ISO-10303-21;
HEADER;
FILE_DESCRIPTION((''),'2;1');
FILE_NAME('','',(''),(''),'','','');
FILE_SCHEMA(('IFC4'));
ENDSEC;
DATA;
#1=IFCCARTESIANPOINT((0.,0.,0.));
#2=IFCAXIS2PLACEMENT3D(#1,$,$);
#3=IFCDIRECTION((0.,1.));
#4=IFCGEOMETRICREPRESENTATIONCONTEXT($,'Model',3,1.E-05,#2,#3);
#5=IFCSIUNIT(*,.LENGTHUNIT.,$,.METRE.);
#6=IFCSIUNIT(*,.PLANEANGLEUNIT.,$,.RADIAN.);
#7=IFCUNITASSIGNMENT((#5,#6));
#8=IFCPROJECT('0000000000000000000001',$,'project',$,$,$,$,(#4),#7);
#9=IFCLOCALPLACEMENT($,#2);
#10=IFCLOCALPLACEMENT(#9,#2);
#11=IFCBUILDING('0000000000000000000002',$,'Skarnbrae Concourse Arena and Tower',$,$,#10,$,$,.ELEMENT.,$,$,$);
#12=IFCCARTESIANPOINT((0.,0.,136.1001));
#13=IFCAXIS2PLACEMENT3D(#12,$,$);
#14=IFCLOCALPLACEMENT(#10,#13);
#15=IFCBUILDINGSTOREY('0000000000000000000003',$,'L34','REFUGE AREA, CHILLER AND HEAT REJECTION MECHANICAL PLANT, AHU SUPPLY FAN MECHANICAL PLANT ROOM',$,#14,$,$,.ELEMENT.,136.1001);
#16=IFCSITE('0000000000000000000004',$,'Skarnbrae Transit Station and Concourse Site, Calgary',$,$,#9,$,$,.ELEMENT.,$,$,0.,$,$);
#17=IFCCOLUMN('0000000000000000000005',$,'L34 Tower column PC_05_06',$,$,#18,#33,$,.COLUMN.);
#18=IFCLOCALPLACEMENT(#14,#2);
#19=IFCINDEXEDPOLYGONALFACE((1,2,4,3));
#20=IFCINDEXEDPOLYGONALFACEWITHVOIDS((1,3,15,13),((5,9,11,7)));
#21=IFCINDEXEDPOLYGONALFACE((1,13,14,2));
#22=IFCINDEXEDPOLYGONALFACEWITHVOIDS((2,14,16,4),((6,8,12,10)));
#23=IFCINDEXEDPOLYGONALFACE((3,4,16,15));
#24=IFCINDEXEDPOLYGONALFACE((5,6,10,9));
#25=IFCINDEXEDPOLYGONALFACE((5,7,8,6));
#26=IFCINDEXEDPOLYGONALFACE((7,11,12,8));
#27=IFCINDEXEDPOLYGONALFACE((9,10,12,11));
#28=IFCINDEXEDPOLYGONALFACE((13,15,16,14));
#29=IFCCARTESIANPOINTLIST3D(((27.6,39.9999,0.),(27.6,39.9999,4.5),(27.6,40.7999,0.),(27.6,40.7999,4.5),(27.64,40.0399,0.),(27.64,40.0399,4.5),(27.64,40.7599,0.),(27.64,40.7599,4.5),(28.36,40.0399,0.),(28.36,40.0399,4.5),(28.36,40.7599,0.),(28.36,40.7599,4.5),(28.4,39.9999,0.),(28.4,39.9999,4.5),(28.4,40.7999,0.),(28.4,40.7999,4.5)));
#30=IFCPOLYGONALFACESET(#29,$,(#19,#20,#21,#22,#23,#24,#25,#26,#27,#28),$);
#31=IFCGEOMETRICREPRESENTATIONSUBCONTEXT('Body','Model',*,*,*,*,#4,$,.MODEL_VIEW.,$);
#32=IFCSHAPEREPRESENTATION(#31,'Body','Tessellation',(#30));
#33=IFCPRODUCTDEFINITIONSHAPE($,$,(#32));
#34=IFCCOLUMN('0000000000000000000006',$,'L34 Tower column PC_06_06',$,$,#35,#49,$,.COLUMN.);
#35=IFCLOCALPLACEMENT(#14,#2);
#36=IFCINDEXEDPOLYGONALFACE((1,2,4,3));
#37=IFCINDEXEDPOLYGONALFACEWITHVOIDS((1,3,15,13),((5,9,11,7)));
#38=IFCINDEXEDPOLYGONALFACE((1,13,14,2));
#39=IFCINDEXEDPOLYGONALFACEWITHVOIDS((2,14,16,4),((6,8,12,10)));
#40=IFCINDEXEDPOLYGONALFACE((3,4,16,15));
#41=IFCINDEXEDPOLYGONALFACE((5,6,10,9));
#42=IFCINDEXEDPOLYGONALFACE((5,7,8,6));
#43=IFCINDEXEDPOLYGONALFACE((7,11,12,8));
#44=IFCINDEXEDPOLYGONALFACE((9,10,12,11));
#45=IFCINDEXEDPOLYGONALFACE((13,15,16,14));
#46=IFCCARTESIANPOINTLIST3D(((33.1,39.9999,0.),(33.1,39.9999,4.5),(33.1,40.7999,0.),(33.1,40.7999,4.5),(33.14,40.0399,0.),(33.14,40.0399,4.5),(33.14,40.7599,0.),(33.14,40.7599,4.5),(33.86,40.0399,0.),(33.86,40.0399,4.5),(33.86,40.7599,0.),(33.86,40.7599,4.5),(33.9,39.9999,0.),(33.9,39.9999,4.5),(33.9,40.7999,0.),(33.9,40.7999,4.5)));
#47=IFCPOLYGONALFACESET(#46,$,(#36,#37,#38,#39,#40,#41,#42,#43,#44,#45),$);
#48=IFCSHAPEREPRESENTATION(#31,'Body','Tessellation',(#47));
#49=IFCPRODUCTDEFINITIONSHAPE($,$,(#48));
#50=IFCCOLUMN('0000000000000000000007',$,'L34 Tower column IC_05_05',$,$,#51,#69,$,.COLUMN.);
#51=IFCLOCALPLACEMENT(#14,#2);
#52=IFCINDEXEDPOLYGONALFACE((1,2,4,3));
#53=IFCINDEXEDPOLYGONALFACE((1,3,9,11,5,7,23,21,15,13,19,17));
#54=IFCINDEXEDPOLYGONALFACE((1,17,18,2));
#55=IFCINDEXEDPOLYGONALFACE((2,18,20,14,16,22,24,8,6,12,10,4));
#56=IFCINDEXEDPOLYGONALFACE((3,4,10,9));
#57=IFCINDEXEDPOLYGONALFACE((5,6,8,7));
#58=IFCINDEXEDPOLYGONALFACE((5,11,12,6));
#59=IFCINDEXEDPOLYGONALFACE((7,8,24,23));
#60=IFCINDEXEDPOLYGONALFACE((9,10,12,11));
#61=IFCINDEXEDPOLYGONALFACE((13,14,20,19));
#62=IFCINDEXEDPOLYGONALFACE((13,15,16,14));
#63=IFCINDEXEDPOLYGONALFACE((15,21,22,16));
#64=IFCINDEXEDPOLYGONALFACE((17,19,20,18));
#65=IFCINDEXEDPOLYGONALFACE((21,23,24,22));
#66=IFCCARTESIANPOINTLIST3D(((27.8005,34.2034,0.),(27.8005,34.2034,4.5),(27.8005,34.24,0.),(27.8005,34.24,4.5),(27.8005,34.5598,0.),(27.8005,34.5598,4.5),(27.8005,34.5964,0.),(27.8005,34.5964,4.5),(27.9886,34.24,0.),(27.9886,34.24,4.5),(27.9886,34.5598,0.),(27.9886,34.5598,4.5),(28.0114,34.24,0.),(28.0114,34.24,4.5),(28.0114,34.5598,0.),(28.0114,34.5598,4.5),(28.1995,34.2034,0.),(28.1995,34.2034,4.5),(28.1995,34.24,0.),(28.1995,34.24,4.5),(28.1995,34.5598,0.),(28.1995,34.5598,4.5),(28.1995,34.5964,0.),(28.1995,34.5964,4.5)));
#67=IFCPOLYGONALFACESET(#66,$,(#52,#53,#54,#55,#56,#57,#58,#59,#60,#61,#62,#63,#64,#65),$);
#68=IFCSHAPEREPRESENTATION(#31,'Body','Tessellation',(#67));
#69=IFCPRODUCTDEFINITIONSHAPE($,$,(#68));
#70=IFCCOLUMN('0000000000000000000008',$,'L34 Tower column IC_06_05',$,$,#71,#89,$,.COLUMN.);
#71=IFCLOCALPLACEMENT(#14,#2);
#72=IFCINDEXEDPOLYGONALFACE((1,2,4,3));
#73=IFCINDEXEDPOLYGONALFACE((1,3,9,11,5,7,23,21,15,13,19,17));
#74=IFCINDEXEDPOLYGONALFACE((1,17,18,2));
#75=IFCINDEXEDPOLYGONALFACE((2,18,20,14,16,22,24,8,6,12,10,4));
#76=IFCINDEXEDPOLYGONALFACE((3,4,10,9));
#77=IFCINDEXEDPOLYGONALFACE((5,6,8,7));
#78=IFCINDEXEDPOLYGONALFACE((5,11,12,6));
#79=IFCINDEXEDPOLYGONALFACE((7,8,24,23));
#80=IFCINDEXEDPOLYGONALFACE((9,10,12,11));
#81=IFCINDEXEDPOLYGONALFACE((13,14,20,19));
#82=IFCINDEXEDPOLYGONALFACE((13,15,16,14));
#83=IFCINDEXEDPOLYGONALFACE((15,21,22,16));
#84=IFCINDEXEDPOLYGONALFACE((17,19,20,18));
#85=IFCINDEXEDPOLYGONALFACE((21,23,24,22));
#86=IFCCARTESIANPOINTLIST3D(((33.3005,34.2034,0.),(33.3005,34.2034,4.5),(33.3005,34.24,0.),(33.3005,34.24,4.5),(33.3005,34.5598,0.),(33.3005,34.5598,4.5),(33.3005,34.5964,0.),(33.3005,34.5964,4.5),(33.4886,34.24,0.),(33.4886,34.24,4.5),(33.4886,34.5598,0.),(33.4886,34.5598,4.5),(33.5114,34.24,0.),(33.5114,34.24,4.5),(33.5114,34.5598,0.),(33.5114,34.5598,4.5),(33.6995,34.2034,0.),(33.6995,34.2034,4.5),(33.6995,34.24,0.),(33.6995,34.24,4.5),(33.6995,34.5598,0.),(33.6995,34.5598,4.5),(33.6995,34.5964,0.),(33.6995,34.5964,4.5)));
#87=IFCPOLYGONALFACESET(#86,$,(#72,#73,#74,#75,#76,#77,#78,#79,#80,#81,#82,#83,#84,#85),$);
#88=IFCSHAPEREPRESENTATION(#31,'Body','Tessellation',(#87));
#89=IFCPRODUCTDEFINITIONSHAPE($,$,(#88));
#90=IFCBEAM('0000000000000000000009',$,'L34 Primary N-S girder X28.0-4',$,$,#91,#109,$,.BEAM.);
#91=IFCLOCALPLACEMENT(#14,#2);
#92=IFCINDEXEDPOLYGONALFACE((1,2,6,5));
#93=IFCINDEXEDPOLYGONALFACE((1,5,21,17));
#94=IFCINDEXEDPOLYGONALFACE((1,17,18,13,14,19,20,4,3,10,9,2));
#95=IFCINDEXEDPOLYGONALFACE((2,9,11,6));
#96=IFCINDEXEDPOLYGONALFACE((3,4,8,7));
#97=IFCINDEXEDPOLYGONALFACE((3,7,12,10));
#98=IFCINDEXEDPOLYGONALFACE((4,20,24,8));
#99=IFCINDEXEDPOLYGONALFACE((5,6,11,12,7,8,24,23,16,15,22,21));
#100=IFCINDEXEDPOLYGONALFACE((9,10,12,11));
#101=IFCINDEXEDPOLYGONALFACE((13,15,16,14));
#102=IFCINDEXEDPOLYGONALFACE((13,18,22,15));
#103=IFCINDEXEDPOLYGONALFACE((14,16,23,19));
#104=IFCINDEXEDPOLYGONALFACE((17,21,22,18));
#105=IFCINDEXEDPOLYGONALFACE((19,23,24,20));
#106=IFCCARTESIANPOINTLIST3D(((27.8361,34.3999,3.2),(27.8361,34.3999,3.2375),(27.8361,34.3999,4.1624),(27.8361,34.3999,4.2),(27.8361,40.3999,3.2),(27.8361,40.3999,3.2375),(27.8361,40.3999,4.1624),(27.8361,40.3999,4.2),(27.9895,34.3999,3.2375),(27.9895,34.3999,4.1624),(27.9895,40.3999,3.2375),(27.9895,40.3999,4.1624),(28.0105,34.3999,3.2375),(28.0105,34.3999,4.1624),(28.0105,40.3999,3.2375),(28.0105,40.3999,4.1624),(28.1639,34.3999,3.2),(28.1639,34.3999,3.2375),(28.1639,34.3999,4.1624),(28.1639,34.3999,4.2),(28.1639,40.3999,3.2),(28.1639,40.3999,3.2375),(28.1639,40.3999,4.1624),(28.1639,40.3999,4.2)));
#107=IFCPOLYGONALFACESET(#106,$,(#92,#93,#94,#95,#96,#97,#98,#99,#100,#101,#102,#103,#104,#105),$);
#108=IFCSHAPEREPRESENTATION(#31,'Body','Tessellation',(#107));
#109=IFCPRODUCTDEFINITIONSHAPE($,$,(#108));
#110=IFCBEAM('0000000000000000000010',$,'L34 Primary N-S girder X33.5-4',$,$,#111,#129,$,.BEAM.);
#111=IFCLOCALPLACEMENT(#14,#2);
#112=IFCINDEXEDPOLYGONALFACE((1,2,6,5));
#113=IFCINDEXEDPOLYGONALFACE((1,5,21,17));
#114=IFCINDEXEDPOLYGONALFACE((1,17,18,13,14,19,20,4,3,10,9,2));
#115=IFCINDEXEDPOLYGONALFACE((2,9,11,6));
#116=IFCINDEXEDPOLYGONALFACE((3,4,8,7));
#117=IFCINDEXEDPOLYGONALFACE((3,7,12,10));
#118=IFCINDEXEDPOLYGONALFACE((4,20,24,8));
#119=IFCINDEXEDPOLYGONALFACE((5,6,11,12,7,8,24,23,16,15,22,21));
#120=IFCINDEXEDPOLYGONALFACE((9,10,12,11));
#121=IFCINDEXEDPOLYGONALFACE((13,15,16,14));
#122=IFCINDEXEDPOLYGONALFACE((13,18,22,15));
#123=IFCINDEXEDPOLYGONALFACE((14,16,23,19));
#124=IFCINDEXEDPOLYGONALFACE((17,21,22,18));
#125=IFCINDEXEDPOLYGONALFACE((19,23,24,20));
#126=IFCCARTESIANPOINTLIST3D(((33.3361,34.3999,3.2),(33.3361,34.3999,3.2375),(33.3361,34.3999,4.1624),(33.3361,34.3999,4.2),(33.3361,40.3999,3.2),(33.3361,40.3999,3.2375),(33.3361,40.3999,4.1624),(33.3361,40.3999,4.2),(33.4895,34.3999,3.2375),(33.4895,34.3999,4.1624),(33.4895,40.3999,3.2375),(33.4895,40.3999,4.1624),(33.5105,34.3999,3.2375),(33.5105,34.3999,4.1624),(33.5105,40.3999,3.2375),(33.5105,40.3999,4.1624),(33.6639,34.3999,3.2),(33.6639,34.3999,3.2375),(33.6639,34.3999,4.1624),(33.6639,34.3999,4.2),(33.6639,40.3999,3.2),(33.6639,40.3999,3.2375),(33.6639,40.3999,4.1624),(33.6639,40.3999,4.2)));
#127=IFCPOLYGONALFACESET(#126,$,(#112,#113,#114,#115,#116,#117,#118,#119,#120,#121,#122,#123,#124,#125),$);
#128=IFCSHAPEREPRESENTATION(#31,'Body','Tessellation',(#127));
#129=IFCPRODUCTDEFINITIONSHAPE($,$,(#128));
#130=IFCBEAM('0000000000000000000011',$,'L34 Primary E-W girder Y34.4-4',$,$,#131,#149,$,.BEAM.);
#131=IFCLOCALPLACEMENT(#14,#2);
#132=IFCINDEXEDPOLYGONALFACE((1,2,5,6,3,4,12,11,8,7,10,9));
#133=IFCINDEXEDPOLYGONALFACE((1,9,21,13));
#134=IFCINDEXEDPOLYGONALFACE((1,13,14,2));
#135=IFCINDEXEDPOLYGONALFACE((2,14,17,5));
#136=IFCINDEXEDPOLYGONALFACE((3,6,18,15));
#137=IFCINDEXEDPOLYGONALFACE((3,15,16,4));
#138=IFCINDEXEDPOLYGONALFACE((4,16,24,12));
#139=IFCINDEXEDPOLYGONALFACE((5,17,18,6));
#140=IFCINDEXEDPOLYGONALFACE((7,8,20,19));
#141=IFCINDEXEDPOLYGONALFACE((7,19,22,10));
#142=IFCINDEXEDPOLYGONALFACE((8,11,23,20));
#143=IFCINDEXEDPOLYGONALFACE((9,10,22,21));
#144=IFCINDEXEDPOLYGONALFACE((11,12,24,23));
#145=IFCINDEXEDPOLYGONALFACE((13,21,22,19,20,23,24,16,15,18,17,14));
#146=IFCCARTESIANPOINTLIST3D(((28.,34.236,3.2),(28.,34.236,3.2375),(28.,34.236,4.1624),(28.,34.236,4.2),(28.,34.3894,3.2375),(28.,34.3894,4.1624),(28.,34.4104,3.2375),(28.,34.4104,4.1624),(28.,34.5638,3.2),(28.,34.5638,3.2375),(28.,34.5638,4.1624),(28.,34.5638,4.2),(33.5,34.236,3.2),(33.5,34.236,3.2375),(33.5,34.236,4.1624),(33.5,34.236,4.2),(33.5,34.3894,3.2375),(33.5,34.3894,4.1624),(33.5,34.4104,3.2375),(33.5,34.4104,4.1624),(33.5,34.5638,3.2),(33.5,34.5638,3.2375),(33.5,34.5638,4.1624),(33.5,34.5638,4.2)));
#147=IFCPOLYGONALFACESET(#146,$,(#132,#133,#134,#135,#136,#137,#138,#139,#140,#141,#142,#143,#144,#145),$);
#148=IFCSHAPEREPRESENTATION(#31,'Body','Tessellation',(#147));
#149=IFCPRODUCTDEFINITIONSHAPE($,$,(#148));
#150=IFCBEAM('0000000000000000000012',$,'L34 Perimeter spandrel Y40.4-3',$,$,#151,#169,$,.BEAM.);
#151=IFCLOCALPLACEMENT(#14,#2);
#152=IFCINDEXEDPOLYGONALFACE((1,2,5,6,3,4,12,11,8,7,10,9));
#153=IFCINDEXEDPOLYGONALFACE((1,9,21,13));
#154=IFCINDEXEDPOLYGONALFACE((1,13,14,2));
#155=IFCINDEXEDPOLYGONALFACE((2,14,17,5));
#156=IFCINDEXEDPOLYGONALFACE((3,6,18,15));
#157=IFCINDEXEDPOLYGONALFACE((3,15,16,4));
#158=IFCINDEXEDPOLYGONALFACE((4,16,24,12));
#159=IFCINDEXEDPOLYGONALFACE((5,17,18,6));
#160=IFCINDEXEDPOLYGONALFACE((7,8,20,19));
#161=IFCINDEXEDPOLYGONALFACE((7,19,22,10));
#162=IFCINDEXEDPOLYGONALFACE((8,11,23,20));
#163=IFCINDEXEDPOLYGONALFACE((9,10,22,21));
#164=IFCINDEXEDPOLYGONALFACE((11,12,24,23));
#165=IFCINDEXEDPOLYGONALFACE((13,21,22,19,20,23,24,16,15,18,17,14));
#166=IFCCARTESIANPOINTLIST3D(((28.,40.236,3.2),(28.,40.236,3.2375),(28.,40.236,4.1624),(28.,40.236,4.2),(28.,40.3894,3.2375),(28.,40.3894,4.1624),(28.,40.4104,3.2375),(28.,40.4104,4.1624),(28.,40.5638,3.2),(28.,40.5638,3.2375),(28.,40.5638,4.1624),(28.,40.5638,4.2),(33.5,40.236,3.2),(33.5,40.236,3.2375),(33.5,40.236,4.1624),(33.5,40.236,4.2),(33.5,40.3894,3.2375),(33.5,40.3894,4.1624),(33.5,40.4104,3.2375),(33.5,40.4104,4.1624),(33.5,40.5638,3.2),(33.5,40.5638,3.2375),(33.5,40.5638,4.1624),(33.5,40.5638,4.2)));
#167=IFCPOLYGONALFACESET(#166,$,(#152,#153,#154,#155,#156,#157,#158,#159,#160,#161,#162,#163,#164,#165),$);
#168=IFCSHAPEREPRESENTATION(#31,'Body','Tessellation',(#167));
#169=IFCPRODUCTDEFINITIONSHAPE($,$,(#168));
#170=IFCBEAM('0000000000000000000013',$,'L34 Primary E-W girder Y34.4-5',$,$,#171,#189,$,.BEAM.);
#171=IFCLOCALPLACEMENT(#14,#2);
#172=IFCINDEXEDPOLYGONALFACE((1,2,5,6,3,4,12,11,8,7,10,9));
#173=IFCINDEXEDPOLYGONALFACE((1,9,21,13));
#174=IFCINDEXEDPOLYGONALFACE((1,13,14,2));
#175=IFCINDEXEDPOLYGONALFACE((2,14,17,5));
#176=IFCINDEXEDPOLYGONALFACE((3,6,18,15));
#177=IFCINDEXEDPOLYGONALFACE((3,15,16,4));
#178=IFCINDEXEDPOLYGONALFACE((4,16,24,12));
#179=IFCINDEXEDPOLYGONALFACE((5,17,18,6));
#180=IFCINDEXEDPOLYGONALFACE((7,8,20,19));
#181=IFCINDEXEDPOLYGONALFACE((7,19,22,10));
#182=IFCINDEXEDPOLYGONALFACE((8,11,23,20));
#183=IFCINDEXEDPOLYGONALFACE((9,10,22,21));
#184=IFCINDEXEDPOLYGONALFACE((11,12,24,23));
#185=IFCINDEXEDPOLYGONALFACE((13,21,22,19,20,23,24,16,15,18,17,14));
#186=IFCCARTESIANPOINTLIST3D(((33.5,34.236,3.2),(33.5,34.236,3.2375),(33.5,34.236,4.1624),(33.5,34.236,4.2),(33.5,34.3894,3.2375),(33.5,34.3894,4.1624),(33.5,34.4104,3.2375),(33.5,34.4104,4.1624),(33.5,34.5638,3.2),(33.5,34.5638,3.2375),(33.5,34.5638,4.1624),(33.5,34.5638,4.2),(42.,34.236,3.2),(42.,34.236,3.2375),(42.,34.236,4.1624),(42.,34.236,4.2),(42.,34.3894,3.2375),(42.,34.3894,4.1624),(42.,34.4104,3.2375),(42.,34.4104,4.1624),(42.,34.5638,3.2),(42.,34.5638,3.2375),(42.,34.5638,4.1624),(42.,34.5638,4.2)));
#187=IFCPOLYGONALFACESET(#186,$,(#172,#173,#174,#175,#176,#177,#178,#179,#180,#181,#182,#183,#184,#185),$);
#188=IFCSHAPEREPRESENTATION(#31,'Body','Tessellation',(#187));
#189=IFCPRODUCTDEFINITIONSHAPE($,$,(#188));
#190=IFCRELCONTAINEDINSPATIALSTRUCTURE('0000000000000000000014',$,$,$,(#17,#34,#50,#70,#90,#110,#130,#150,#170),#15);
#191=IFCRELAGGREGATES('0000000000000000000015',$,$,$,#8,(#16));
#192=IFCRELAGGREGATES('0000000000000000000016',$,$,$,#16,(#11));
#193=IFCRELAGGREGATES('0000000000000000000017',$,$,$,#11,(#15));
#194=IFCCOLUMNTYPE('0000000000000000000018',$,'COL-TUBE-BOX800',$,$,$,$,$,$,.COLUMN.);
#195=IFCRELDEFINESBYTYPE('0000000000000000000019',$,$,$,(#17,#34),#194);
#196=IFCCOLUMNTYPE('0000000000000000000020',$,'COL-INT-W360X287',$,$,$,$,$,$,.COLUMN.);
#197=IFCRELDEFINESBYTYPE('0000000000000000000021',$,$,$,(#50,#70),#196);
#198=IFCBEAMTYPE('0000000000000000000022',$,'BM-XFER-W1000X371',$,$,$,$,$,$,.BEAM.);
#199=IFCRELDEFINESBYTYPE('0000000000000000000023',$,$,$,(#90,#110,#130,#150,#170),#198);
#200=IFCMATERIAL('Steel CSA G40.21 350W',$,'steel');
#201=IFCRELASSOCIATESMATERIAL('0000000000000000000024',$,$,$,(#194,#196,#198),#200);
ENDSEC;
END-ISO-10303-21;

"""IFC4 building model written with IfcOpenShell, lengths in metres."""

from ifc_helpers import new_model, si_unit, direction, frame, origin, origin_2d, place, context, subcontext, project, spatial, hollow_rectangle, i_section, extrude, source, transform, mapped, material, material_profile, profile_set, type_object, element, save


model = new_model("IFC4")

# Units and contexts
model_context = context("Model", 3, precision=1e-05, world=origin(), true_north=direction((0.0, 1.0)))
body_context = subcontext(model_context, "Body", "Model", "MODEL_VIEW")
ifc_project = project(units=[si_unit("LENGTHUNIT", "METRE"), si_unit("PLANEANGLEUNIT", "RADIAN")], contexts=[model_context])

# Site, building, storey
site_placement = place(None, origin())
site = spatial("IfcSite", under=ifc_project, at=site_placement, Name="Skarnbrae Transit Station and Concourse Site, Calgary", CompositionType="ELEMENT", RefElevation=0.0)
building_placement = place(site_placement, origin())
building = spatial("IfcBuilding", under=site, at=building_placement, Name="Skarnbrae Concourse Arena and Tower", CompositionType="ELEMENT")
storey_placement = place(building_placement, frame((0.0, 0.0, 136.1001)))
storey = spatial("IfcBuildingStorey", under=building, at=storey_placement, Name="L34", Description="REFUGE AREA, CHILLER AND HEAT REJECTION MECHANICAL PLANT, AHU SUPPLY FAN MECHANICAL PLANT ROOM", CompositionType="ELEMENT", Elevation=136.1001)

# Columns
ifc_material_1 = material(Name="Steel CSA G40.21 350W", Category="steel")
ifc_material_profile_1 = material_profile(ifc_material_1, hollow_rectangle(XDim=0.8, YDim=0.8, WallThickness=0.04, at=origin_2d()), Name="BOX800X800X40")
ifc_profile_set_1 = profile_set([ifc_material_profile_1], Name="Steel CSA G40.21 350W")
column_type_1 = type_object("IfcColumnType", Name="COL-TUBE-BOX800", PredefinedType="COLUMN", material=ifc_profile_set_1)
shared_shape_1 = source(origin(), body_context, "Body", "SweptSolid", [
    extrude(hollow_rectangle(XDim=0.8, YDim=0.8, WallThickness=0.04, at=origin_2d()), origin(), (0.0, 0.0, 1.0), 4.5),
])
for number, where, z_axis, x_axis, name in (
    (1, (28.0, 40.3999, 0.0), (0.0, 0.0, 1.0), (1.0, 0.0, 0.0), "L34 Tower column PC_05_06"),
    (2, (33.5, 40.3999, 0.0), (0.0, 0.0, 1.0), (1.0, 0.0, 0.0), "L34 Tower column PC_06_06"),
):
    element("IfcColumn", number, at=place(storey_placement, frame(where, z_axis=z_axis, x_axis=x_axis)), inside=storey, type_object=column_type_1, Name=name, PredefinedType="COLUMN", context=body_context, shape_type="MappedRepresentation", body=[
        mapped(shared_shape_1, transform((0.0, 0.0, 0.0))),
    ])
ifc_material_profile_2 = material_profile(ifc_material_1, i_section(OverallWidth=0.3989, OverallDepth=0.3931, WebThickness=0.0227, FlangeThickness=0.0366, at=origin_2d()), Name="W360X287")
ifc_profile_set_2 = profile_set([ifc_material_profile_2], Name="Steel CSA G40.21 350W")
column_type_2 = type_object("IfcColumnType", Name="COL-INT-W360X287", PredefinedType="COLUMN", material=ifc_profile_set_2)
shared_shape_2 = source(origin(), body_context, "Body", "SweptSolid", [
    extrude(i_section(OverallWidth=0.3989, OverallDepth=0.3931, WebThickness=0.0227, FlangeThickness=0.0366, at=origin_2d()), origin(), (0.0, 0.0, 1.0), 4.5),
])
for number, where, z_axis, x_axis, name in (
    (3, (28.0, 34.3999, 0.0), (0.0, 0.0, 1.0), (1.0, 0.0, 0.0), "L34 Tower column IC_05_05"),
    (4, (33.5, 34.3999, 0.0), (0.0, 0.0, 1.0), (1.0, 0.0, 0.0), "L34 Tower column IC_06_05"),
):
    element("IfcColumn", number, at=place(storey_placement, frame(where, z_axis=z_axis, x_axis=x_axis)), inside=storey, type_object=column_type_2, Name=name, PredefinedType="COLUMN", context=body_context, shape_type="MappedRepresentation", body=[
        mapped(shared_shape_2, transform((0.0, 0.0, 0.0))),
    ])

# Beams
ifc_material_profile_3 = material_profile(ifc_material_1, i_section(OverallWidth=0.3279, OverallDepth=1.0, WebThickness=0.021, FlangeThickness=0.0376, at=origin_2d()), Name="W1000X371")
ifc_profile_set_3 = profile_set([ifc_material_profile_3], Name="Steel CSA G40.21 350W")
beam_type_1 = type_object("IfcBeamType", Name="BM-XFER-W1000X371", PredefinedType="BEAM", material=ifc_profile_set_3)
shared_shape_3 = source(origin(), body_context, "Body", "SweptSolid", [
    extrude(i_section(OverallWidth=0.3279, OverallDepth=1.0, WebThickness=0.021, FlangeThickness=0.0376, at=origin_2d()), origin(), (0.0, 0.0, 1.0), 6.0),
])
for number, where, z_axis, x_axis, name in (
    (5, (28.0, 34.3999, 3.7), (0.0, 1.0, 0.0), (-1.0, 0.0, 0.0), "L34 Primary N-S girder X28.0-4"),
    (6, (33.5, 34.3999, 3.7), (0.0, 1.0, 0.0), (-1.0, 0.0, 0.0), "L34 Primary N-S girder X33.5-4"),
):
    element("IfcBeam", number, at=place(storey_placement, frame(where, z_axis=z_axis, x_axis=x_axis)), inside=storey, type_object=beam_type_1, Name=name, PredefinedType="BEAM", context=body_context, shape_type="MappedRepresentation", body=[
        mapped(shared_shape_3, transform((0.0, 0.0, 0.0))),
    ])
shared_shape_4 = source(origin(), body_context, "Body", "SweptSolid", [
    extrude(i_section(OverallWidth=0.3279, OverallDepth=1.0, WebThickness=0.021, FlangeThickness=0.0376, at=origin_2d()), origin(), (0.0, 0.0, 1.0), 5.5),
])
for number, where, z_axis, x_axis, name in (
    (7, (28.0, 34.3999, 3.7), (1.0, 0.0, 0.0), (0.0, 1.0, 0.0), "L34 Primary E-W girder Y34.4-4"),
    (8, (28.0, 40.3999, 3.7), (1.0, 0.0, 0.0), (0.0, 1.0, 0.0), "L34 Perimeter spandrel Y40.4-3"),
):
    element("IfcBeam", number, at=place(storey_placement, frame(where, z_axis=z_axis, x_axis=x_axis)), inside=storey, type_object=beam_type_1, Name=name, PredefinedType="BEAM", context=body_context, shape_type="MappedRepresentation", body=[
        mapped(shared_shape_4, transform((0.0, 0.0, 0.0))),
    ])
shared_shape_5 = source(origin(), body_context, "Body", "SweptSolid", [
    extrude(i_section(OverallWidth=0.3279, OverallDepth=1.0, WebThickness=0.021, FlangeThickness=0.0376, at=origin_2d()), origin(), (0.0, 0.0, 1.0), 8.5),
])
for number, where, z_axis, x_axis, name in (
    (9, (33.5, 34.3999, 3.7), (1.0, 0.0, 0.0), (0.0, 1.0, 0.0), "L34 Primary E-W girder Y34.4-5"),
):
    element("IfcBeam", number, at=place(storey_placement, frame(where, z_axis=z_axis, x_axis=x_axis)), inside=storey, type_object=beam_type_1, Name=name, PredefinedType="BEAM", context=body_context, shape_type="MappedRepresentation", body=[
        mapped(shared_shape_5, transform((0.0, 0.0, 0.0))),
    ])

save(model, "model.ifc")
